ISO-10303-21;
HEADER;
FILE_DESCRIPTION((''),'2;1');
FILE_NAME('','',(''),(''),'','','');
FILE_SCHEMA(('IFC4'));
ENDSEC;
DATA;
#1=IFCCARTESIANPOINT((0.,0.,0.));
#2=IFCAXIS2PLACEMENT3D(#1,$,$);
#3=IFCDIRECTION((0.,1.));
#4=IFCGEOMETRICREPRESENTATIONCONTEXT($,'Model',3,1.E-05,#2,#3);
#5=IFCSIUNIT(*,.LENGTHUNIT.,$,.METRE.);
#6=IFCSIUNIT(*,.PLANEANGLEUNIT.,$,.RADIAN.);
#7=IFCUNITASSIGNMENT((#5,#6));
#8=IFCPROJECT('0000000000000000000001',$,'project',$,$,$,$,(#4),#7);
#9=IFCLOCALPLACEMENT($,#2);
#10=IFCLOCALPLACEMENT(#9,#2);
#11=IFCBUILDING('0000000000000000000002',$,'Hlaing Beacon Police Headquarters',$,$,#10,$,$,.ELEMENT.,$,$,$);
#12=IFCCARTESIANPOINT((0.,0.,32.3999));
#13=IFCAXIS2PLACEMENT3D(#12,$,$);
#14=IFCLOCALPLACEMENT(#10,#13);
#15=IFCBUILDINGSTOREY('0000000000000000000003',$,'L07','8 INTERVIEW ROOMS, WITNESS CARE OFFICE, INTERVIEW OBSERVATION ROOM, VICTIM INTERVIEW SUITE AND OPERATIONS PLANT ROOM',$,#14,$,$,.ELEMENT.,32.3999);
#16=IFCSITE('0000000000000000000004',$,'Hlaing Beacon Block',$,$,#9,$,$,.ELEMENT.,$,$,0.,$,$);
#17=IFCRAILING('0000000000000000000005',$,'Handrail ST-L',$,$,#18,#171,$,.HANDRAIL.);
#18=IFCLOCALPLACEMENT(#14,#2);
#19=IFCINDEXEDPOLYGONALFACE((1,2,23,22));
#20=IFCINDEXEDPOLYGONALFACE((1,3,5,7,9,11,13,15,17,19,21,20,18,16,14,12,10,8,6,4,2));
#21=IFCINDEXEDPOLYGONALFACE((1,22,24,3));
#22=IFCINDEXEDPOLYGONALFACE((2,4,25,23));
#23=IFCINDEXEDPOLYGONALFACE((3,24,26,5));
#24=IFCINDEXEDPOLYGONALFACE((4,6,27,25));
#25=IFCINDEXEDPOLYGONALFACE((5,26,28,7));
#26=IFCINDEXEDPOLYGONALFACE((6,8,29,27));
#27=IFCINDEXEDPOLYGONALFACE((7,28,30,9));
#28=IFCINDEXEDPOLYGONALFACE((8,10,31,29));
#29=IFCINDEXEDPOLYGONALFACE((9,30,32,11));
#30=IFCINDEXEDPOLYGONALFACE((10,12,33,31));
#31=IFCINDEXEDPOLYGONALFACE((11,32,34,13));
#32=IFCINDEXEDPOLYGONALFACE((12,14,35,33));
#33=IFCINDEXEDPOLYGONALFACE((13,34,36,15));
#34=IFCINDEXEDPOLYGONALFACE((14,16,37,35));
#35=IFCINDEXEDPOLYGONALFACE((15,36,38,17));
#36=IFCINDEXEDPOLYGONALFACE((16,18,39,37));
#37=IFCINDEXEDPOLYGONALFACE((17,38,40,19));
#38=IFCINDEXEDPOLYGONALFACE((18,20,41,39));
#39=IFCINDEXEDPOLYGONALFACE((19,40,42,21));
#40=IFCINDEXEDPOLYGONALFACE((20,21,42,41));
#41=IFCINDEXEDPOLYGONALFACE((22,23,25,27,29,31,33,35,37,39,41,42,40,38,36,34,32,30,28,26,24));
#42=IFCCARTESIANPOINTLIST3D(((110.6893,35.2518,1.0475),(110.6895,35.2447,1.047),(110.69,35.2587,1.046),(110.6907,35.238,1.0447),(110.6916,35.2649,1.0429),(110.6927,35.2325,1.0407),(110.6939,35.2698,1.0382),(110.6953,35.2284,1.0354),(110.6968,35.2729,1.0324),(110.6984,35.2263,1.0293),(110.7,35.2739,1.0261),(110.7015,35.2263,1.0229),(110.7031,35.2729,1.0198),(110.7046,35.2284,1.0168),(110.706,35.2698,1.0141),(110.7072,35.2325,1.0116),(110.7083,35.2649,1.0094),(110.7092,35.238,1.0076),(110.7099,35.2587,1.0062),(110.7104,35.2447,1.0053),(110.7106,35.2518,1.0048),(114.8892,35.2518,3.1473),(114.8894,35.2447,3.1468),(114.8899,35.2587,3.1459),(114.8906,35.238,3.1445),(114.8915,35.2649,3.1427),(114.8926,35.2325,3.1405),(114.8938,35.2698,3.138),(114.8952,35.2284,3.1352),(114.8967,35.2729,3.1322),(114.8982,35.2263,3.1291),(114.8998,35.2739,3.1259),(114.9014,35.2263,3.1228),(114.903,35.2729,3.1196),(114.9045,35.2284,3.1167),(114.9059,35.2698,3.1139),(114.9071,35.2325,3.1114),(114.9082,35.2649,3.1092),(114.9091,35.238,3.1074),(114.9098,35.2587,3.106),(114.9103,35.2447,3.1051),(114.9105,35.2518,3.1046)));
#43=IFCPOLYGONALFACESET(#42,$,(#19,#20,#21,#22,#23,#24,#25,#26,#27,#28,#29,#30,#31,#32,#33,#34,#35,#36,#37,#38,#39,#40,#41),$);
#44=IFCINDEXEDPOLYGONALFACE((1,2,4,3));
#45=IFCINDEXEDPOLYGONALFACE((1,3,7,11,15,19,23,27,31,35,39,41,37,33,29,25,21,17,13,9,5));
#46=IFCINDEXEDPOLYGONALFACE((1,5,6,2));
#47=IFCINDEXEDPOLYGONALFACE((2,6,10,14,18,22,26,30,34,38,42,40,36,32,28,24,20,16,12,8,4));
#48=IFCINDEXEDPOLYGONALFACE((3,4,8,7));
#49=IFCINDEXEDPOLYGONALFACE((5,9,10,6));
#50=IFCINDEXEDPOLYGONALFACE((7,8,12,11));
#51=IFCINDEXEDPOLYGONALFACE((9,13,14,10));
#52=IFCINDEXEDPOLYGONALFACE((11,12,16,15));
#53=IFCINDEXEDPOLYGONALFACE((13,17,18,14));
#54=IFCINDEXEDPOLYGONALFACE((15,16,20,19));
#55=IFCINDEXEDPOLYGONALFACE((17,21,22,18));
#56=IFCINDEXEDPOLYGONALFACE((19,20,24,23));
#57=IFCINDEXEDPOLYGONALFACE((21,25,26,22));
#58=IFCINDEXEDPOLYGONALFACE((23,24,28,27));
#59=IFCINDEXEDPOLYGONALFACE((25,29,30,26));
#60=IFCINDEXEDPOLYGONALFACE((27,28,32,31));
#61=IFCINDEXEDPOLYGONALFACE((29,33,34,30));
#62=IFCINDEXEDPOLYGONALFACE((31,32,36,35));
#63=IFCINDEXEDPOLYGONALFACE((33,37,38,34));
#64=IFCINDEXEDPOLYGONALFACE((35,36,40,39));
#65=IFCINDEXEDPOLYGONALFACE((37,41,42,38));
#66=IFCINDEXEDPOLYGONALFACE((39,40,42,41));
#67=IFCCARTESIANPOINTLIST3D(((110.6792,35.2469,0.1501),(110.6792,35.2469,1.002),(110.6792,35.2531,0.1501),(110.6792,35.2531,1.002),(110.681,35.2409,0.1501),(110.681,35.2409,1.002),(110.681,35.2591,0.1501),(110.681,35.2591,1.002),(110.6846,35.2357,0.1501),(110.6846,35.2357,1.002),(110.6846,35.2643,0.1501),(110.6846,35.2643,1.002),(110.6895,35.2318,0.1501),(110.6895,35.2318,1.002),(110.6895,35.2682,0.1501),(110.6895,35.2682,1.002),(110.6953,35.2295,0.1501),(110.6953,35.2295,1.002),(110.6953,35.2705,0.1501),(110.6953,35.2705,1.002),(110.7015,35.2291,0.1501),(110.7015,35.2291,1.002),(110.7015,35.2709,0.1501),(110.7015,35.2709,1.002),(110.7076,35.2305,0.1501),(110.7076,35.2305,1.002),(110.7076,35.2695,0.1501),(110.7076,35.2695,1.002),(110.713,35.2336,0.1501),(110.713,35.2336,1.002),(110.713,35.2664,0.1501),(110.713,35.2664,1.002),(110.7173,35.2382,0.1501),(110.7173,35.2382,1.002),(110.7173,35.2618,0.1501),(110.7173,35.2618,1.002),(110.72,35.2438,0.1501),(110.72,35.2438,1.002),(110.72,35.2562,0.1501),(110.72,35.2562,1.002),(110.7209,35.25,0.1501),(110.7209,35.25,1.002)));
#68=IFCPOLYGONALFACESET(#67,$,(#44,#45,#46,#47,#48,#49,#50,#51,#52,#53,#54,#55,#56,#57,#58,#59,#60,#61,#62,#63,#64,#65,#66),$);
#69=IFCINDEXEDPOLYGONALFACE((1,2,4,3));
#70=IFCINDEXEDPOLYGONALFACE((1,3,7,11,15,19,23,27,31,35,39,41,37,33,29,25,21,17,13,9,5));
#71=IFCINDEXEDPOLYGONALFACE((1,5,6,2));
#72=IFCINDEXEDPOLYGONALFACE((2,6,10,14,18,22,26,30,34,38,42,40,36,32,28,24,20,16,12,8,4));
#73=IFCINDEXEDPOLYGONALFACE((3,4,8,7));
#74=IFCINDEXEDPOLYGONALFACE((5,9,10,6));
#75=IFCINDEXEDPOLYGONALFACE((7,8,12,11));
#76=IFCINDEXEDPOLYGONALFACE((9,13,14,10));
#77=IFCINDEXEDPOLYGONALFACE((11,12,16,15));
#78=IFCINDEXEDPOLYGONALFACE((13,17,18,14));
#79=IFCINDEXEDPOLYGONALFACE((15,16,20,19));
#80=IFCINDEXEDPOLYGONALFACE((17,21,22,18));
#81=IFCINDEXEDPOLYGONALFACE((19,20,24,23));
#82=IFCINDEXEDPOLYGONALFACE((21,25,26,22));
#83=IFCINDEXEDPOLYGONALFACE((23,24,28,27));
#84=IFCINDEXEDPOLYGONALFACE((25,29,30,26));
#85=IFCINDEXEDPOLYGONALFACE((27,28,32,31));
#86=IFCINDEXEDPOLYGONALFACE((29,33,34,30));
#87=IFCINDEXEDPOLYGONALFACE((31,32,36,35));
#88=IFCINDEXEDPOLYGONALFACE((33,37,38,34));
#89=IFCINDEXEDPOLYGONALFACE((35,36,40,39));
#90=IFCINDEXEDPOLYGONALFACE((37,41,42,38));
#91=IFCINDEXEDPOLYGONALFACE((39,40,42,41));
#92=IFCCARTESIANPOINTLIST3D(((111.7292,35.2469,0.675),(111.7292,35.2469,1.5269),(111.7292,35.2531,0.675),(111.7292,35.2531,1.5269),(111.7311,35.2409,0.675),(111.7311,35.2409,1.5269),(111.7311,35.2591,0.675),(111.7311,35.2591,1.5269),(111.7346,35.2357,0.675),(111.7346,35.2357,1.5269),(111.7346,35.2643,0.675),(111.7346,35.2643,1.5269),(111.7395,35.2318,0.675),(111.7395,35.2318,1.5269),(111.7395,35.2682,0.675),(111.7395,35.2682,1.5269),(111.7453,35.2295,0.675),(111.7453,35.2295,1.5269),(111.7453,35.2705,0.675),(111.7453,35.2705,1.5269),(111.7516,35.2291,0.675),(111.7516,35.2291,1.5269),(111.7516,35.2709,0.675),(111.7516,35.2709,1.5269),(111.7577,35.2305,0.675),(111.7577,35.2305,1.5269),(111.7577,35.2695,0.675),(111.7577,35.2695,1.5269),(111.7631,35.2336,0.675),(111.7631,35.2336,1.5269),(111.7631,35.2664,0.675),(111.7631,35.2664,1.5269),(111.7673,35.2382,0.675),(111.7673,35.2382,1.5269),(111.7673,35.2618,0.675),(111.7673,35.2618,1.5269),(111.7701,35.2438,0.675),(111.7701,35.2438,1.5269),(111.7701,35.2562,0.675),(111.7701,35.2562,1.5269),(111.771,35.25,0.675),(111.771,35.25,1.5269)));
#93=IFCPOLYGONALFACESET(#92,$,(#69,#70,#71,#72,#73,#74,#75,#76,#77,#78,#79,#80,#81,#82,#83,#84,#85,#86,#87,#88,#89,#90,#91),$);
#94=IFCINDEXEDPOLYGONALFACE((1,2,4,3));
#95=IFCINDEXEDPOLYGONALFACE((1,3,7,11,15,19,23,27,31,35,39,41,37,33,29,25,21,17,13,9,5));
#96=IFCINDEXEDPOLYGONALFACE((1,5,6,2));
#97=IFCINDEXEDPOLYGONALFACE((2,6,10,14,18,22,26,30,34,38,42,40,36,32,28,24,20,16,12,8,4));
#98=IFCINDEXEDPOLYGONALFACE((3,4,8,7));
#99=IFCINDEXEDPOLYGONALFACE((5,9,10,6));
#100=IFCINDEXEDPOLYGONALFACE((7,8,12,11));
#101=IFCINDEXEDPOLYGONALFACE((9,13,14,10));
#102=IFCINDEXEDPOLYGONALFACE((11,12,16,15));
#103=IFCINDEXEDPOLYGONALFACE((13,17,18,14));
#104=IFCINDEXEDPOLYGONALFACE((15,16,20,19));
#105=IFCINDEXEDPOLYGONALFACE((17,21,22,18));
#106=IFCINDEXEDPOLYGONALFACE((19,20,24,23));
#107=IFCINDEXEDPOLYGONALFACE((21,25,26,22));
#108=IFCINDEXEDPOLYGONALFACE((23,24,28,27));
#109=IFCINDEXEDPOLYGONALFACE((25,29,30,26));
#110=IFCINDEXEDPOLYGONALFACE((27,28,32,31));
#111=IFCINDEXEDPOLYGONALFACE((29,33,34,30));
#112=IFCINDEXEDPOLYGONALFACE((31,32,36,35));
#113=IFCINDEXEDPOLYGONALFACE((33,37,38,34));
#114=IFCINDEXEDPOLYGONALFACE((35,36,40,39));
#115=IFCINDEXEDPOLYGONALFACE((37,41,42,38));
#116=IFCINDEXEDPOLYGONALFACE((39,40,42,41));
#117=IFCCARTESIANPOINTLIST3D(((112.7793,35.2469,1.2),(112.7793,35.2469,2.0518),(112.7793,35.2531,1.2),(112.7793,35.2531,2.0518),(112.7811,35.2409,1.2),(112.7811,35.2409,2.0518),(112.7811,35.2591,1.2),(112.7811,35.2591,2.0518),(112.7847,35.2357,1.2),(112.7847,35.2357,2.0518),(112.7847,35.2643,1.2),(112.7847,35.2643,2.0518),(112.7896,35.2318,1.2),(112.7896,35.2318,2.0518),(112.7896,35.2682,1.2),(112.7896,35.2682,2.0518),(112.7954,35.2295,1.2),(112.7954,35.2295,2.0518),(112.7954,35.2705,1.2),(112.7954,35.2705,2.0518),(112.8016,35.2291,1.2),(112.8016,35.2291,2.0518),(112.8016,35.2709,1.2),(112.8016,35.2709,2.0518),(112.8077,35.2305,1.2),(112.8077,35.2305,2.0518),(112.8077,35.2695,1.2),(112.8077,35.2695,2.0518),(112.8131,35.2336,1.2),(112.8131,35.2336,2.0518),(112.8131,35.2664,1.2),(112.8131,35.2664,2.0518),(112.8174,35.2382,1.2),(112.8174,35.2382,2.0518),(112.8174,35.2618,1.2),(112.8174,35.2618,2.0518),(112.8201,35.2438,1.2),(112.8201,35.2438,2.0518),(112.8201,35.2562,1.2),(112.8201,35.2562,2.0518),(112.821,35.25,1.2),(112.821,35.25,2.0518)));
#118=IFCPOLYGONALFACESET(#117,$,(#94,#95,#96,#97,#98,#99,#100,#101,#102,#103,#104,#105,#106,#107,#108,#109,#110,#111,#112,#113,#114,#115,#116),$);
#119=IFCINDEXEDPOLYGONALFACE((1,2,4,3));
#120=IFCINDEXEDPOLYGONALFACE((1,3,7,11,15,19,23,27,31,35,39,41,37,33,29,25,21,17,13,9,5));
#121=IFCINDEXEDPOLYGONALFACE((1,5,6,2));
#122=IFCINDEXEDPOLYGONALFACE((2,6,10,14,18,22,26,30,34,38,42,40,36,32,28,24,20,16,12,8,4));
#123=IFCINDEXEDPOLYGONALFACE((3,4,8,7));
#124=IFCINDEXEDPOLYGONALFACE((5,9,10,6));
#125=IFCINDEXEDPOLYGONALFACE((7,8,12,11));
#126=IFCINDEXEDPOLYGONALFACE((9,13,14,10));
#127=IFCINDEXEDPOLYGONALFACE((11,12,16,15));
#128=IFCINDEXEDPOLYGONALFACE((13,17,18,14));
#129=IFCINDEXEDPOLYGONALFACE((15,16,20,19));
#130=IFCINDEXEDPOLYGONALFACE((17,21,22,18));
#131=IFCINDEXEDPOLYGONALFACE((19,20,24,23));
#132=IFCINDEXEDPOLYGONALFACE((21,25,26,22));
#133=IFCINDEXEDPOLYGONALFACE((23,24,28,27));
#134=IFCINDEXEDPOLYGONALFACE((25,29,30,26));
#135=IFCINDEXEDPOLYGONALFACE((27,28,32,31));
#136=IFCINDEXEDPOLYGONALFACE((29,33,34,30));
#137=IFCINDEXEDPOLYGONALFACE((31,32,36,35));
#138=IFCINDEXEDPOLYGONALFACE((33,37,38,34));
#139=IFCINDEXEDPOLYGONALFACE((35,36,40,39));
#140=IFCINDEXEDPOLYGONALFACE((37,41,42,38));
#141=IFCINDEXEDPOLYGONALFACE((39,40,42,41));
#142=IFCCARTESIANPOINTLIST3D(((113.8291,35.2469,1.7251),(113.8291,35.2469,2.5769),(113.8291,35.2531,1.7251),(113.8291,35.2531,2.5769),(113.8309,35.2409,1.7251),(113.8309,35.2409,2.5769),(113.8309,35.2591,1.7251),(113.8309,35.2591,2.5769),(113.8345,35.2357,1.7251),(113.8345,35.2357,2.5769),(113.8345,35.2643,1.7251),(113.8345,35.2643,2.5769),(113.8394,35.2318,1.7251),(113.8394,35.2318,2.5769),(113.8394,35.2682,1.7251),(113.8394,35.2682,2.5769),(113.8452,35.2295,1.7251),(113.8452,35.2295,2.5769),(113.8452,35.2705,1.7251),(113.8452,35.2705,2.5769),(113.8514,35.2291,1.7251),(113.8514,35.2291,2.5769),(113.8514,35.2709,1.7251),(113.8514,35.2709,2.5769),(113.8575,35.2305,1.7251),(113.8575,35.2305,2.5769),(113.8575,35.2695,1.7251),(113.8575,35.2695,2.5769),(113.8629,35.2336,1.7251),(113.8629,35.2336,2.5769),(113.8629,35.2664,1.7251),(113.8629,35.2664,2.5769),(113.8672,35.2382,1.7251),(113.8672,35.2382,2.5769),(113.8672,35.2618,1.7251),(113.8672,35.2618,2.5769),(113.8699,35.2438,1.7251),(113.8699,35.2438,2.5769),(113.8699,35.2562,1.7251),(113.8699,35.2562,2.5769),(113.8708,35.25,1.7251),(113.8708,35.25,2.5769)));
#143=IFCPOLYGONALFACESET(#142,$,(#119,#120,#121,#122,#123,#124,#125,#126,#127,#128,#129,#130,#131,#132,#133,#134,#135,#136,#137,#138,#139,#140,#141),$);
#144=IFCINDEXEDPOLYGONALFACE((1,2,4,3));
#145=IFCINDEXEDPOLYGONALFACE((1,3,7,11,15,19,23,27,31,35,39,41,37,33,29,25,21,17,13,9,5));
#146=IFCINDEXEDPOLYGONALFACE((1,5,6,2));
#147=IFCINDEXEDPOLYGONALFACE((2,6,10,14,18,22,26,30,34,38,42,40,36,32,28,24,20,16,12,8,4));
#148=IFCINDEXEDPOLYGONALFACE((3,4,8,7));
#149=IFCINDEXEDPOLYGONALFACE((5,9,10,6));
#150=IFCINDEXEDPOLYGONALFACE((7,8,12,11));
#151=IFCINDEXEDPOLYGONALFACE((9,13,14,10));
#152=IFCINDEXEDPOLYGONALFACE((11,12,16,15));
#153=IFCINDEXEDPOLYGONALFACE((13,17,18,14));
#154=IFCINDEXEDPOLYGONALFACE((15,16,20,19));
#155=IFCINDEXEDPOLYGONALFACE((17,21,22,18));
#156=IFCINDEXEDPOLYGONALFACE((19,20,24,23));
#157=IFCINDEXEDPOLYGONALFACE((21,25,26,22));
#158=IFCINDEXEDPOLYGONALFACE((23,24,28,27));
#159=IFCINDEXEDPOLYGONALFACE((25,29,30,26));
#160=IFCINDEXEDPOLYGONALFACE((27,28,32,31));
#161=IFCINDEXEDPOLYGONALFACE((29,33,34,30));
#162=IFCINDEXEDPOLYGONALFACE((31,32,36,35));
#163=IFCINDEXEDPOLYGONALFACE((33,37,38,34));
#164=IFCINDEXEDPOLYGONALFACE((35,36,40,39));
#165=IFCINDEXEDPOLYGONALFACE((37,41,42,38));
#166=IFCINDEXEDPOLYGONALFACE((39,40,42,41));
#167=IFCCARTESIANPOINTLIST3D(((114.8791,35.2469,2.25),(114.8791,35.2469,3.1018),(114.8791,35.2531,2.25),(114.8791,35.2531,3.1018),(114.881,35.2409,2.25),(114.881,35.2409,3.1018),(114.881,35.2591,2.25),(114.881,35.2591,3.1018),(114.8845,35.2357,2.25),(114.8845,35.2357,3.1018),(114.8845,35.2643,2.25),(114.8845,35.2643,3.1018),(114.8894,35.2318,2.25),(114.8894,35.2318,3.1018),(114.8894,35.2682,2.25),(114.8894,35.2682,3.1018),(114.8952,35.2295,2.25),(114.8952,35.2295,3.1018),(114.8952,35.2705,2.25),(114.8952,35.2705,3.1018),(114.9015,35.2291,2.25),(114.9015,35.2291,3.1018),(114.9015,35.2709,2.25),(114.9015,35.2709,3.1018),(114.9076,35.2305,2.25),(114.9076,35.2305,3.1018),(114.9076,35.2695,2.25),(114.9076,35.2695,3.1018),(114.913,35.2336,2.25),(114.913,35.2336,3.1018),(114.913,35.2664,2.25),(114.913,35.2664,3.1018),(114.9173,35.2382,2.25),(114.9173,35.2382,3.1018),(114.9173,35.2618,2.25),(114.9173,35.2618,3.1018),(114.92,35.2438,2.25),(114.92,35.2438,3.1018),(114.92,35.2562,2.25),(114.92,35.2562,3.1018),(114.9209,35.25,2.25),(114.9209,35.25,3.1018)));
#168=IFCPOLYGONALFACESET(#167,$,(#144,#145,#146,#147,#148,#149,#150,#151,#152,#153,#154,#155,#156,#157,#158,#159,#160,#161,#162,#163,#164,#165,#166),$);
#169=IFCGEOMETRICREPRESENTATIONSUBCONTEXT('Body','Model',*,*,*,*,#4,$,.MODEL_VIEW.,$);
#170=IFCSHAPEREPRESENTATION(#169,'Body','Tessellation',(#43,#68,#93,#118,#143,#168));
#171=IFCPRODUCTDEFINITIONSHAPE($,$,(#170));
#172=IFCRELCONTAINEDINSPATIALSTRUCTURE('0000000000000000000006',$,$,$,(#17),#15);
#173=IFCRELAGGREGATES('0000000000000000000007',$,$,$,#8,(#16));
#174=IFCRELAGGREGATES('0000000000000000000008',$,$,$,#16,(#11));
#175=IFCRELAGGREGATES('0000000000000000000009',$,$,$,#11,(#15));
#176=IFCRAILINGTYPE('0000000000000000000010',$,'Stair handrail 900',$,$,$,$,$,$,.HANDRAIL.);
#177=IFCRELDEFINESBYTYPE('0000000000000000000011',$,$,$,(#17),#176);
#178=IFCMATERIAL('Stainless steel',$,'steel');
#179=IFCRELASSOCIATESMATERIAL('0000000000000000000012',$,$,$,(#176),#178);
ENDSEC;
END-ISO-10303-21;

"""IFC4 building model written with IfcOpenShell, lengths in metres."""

from ifc_helpers import new_model, si_unit, direction, frame, origin, origin_2d, place, context, subcontext, project, spatial, circle, extrude, material, type_object, element, save


model = new_model("IFC4")

# Units and contexts
model_context = context("Model", 3, precision=1e-05, world=origin(), true_north=direction((0.0, 1.0)))
body_context = subcontext(model_context, "Body", "Model", "MODEL_VIEW")
ifc_project = project(units=[si_unit("LENGTHUNIT", "METRE"), si_unit("PLANEANGLEUNIT", "RADIAN")], contexts=[model_context])

# Site, building, storey
site_placement = place(None, origin())
site = spatial("IfcSite", under=ifc_project, at=site_placement, Name="Hlaing Beacon Block", CompositionType="ELEMENT", RefElevation=0.0)
building_placement = place(site_placement, origin())
building = spatial("IfcBuilding", under=site, at=building_placement, Name="Hlaing Beacon Police Headquarters", CompositionType="ELEMENT")
storey_placement = place(building_placement, frame((0.0, 0.0, 32.3999)))
storey = spatial("IfcBuildingStorey", under=building, at=storey_placement, Name="L07", Description="8 INTERVIEW ROOMS, WITNESS CARE OFFICE, INTERVIEW OBSERVATION ROOM, VICTIM INTERVIEW SUITE AND OPERATIONS PLANT ROOM", CompositionType="ELEMENT", Elevation=32.3999)

# Railing
ifc_material_1 = material(Name="Stainless steel", Category="steel")
railing_type = type_object("IfcRailingType", Name="Stair handrail 900", PredefinedType="HANDRAIL", material=ifc_material_1)
for number, where, name in (
    (1, (110.7, 35.25, 0.1501), "Handrail ST-L"),
):
    element("IfcRailing", number, at=place(storey_placement, frame(where)), inside=storey, type_object=railing_type, Name=name, PredefinedType="HANDRAIL", context=body_context, shape_type="SweptSolid", body=[
        extrude(circle(Radius=0.0239, at=origin_2d()), frame((0.0, 0.0, 0.876), z_axis=(0.894438, 0.0, 0.447193), x_axis=(0.0, 1.0, 0.0)), (0.0, 0.0, 1.0), 4.6956),
        extrude(circle(Radius=0.021, at=origin_2d()), origin(), (0.0, 0.0, 1.0), 0.8518),
        extrude(circle(Radius=0.021, at=origin_2d()), frame((1.05, 0.0, 0.5249)), (0.0, 0.0, 1.0), 0.8518),
        extrude(circle(Radius=0.021, at=origin_2d()), frame((2.1001, 0.0, 1.0498)), (0.0, 0.0, 1.0), 0.8518),
        extrude(circle(Radius=0.021, at=origin_2d()), frame((3.1499, 0.0, 1.575)), (0.0, 0.0, 1.0), 0.8518),
        extrude(circle(Radius=0.021, at=origin_2d()), frame((4.2, 0.0, 2.0999)), (0.0, 0.0, 1.0), 0.8518),
    ])

save(model, "model.ifc")
